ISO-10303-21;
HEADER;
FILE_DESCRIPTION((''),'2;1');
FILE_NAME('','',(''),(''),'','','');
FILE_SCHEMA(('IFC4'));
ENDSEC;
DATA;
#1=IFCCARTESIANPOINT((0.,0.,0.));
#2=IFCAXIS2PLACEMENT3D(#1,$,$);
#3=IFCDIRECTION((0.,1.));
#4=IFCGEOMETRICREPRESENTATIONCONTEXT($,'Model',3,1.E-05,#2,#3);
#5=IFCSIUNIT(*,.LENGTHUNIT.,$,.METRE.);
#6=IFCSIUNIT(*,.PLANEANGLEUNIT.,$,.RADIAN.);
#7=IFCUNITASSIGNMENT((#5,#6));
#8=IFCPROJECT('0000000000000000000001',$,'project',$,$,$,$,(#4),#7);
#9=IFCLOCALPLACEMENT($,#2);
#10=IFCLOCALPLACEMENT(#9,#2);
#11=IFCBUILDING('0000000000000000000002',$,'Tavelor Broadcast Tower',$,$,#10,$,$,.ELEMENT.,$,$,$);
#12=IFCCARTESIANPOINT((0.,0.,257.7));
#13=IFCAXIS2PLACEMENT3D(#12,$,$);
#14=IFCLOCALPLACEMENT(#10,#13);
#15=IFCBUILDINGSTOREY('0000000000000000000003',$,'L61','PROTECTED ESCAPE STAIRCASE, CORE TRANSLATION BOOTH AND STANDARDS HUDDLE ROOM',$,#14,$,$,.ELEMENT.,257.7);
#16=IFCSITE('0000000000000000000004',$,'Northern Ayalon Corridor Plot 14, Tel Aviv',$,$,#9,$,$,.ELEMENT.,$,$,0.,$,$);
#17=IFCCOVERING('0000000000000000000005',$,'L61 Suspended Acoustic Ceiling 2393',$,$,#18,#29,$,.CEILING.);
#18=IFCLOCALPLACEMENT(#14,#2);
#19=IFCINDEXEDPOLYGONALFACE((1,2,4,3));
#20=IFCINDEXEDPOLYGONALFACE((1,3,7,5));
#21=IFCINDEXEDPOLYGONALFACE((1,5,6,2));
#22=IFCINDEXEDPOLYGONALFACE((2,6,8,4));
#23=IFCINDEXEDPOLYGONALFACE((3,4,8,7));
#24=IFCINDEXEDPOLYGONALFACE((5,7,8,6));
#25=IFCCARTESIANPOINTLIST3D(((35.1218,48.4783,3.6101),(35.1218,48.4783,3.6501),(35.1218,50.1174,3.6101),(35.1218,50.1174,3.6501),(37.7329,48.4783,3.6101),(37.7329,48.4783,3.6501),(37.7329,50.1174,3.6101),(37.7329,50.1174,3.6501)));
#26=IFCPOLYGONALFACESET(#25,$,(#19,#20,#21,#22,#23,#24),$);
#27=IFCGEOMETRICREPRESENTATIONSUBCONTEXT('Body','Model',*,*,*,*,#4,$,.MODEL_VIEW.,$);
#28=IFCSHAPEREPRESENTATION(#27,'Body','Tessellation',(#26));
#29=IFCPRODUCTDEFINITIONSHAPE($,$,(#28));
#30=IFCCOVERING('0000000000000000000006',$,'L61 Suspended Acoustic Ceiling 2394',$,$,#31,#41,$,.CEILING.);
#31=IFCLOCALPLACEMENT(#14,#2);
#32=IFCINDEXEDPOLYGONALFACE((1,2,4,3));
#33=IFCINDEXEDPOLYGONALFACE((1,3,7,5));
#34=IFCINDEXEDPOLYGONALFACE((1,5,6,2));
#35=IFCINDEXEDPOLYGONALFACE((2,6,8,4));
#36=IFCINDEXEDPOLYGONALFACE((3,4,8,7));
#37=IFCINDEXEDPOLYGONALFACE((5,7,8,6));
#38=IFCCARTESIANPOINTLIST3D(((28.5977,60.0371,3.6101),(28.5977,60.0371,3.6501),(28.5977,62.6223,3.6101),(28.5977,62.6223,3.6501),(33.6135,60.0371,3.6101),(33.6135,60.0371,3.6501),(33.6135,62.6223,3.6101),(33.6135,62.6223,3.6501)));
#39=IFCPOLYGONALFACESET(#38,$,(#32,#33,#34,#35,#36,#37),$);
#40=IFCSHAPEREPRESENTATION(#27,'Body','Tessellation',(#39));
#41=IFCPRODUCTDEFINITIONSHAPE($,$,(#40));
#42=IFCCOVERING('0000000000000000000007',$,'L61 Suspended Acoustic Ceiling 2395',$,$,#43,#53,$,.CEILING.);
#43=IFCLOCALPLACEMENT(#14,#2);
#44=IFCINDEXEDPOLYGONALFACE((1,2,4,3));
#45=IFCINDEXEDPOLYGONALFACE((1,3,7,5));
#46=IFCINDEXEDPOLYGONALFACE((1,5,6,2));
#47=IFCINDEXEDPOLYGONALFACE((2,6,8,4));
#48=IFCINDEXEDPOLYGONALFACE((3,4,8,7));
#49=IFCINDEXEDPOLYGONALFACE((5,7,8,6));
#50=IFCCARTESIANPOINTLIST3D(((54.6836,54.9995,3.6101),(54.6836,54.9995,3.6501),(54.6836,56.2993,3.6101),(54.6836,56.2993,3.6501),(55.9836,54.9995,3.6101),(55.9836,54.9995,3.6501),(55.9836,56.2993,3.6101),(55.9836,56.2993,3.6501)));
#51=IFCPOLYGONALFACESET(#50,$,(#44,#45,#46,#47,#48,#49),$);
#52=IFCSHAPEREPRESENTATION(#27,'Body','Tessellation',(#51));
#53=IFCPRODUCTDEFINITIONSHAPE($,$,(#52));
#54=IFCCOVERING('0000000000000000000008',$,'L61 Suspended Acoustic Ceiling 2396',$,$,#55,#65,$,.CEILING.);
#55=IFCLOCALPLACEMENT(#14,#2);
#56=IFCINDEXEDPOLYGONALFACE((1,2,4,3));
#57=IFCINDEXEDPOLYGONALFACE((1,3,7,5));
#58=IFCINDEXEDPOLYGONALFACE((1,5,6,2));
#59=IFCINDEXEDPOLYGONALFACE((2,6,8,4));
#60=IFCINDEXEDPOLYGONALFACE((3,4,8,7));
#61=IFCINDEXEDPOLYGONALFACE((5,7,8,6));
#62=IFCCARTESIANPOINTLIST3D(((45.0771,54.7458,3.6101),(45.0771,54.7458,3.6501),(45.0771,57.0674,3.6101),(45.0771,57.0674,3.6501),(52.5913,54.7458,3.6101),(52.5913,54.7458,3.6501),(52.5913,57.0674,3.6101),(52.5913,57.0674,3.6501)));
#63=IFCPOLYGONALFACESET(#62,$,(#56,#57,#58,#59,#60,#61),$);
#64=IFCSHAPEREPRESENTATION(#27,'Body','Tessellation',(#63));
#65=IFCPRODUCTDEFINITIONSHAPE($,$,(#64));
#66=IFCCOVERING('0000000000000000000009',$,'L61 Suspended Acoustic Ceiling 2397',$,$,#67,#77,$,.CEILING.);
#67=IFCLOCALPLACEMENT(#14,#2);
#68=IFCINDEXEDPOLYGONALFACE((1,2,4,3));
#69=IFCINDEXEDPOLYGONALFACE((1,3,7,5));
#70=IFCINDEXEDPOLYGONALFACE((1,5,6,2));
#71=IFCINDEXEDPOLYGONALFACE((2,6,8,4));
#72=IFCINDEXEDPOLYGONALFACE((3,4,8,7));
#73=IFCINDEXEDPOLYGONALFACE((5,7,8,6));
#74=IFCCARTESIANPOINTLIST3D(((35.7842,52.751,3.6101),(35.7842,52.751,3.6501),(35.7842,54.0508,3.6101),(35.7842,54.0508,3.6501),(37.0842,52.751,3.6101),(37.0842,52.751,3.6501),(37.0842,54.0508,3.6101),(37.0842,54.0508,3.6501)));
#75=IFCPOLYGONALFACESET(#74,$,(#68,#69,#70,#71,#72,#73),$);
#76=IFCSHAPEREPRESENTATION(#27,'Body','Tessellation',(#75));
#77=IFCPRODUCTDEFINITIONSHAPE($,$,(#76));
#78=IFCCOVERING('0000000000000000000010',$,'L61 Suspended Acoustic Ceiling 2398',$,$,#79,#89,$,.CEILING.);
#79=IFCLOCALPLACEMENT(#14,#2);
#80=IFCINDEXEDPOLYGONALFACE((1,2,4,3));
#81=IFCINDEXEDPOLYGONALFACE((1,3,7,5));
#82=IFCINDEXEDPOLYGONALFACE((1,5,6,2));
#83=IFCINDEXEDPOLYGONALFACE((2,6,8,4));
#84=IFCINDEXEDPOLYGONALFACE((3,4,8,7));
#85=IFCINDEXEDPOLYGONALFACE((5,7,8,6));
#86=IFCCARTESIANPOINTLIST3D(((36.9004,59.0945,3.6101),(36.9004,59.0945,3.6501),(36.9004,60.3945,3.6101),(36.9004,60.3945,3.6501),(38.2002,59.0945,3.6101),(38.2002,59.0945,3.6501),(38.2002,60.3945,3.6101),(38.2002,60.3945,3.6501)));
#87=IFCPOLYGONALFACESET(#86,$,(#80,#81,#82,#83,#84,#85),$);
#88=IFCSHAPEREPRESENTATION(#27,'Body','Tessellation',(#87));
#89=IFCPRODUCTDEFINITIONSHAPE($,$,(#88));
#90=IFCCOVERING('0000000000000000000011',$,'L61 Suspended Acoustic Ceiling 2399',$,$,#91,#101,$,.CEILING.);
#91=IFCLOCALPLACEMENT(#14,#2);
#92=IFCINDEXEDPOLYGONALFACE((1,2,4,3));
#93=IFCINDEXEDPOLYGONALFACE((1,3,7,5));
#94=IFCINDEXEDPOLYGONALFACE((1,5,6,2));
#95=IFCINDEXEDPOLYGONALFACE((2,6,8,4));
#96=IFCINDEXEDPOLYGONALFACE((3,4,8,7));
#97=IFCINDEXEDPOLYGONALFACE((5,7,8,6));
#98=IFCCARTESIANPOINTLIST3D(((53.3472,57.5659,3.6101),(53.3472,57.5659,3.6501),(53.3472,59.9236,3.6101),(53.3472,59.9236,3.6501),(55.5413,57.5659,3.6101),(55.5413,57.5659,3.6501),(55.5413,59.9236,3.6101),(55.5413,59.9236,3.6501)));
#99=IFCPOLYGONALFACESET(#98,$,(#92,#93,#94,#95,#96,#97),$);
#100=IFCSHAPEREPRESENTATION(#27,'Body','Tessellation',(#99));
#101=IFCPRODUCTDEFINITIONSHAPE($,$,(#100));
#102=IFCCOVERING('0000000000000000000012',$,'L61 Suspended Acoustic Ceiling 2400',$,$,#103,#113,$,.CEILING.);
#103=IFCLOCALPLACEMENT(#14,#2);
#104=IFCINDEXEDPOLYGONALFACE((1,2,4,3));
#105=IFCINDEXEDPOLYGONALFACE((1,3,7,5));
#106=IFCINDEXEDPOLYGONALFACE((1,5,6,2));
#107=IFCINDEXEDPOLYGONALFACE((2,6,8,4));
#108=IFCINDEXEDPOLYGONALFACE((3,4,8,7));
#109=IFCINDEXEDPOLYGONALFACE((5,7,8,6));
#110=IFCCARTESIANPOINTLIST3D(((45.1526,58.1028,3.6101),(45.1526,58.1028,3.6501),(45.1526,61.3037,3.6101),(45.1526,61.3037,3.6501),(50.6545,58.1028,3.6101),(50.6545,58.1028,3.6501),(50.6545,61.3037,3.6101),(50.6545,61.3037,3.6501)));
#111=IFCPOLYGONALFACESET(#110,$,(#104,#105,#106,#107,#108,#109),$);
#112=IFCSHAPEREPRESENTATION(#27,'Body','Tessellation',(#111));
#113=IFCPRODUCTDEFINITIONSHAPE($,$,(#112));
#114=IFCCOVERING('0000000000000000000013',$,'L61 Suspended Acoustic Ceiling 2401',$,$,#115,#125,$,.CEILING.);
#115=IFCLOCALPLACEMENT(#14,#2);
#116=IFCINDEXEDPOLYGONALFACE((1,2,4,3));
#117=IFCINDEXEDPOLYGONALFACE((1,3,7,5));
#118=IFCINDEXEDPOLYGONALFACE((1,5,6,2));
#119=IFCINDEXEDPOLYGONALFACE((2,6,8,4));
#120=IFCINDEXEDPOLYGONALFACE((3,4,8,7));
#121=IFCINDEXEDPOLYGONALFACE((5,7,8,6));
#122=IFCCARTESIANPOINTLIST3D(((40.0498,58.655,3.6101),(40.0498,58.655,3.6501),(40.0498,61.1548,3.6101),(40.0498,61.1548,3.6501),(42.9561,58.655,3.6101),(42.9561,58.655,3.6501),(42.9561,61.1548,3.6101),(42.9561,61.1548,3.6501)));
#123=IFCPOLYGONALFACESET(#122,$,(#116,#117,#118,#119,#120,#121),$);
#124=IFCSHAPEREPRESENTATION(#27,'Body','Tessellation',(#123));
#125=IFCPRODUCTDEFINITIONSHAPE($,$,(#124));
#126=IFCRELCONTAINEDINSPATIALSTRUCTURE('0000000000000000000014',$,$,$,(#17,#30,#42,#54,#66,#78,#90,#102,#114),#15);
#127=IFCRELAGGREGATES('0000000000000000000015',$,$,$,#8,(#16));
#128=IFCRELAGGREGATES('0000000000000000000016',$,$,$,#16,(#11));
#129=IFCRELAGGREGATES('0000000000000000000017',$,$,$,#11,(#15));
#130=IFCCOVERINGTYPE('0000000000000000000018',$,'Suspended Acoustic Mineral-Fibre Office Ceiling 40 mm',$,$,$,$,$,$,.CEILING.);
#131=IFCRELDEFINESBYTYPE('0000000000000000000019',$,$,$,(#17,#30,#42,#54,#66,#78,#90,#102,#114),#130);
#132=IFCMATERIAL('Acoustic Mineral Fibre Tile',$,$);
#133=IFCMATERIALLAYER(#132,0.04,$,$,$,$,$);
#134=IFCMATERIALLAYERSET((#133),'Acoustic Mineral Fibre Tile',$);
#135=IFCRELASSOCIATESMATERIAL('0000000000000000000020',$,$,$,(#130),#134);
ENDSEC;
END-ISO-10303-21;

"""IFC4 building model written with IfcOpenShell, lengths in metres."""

from ifc_helpers import new_model, si_unit, direction, frame, origin, place, context, subcontext, project, spatial, polyline, outline, extrude, material, layer, layer_set, type_object, element, save


model = new_model("IFC4")

# Units and contexts
model_context = context("Model", 3, precision=1e-05, world=origin(), true_north=direction((0.0, 1.0)))
body_context = subcontext(model_context, "Body", "Model", "MODEL_VIEW")
ifc_project = project(units=[si_unit("LENGTHUNIT", "METRE"), si_unit("PLANEANGLEUNIT", "RADIAN")], contexts=[model_context])

# Site, building, storey
site_placement = place(None, origin())
site = spatial("IfcSite", under=ifc_project, at=site_placement, Name="Northern Ayalon Corridor Plot 14, Tel Aviv", CompositionType="ELEMENT", RefElevation=0.0)
building_placement = place(site_placement, origin())
building = spatial("IfcBuilding", under=site, at=building_placement, Name="Tavelor Broadcast Tower", CompositionType="ELEMENT")
storey_placement = place(building_placement, frame((0.0, 0.0, 257.7)))
storey = spatial("IfcBuildingStorey", under=building, at=storey_placement, Name="L61", Description="PROTECTED ESCAPE STAIRCASE, CORE TRANSLATION BOOTH AND STANDARDS HUDDLE ROOM", CompositionType="ELEMENT", Elevation=257.7)

# Coverings
ifc_material_1 = material(Name="Acoustic Mineral Fibre Tile")
ifc_layer_1 = layer(ifc_material_1, 0.04)
ifc_layer_set_1 = layer_set([ifc_layer_1], Name="Acoustic Mineral Fibre Tile")
covering_type_1 = type_object("IfcCoveringType", Name="Suspended Acoustic Mineral-Fibre Office Ceiling 40 mm", PredefinedType="CEILING", material=ifc_layer_set_1)
covering_1_placement = place(storey_placement, frame((0.0, 0.0, 3.6101)))
element("IfcCovering", 1, at=covering_1_placement, inside=storey, type_object=covering_type_1, Name="L61 Suspended Acoustic Ceiling 2393", PredefinedType="CEILING", context=body_context, shape_type="SweptSolid", body=[
    extrude(outline(polyline([(35.1218, 48.4783), (37.7329, 48.4783), (37.7329, 50.1174), (35.1218, 50.1174), (35.1218, 48.4783)])), origin(), (0.0, 0.0, 1.0), 0.04),
])
covering_2_placement = place(storey_placement, frame((0.0, 0.0, 3.6101)))
element("IfcCovering", 2, at=covering_2_placement, inside=storey, type_object=covering_type_1, Name="L61 Suspended Acoustic Ceiling 2394", PredefinedType="CEILING", context=body_context, shape_type="SweptSolid", body=[
    extrude(outline(polyline([(28.5977, 60.0371), (33.6135, 60.0371), (33.6135, 62.6223), (28.5977, 62.6223), (28.5977, 60.0371)])), origin(), (0.0, 0.0, 1.0), 0.04),
])
covering_3_placement = place(storey_placement, frame((0.0, 0.0, 3.6101)))
element("IfcCovering", 3, at=covering_3_placement, inside=storey, type_object=covering_type_1, Name="L61 Suspended Acoustic Ceiling 2395", PredefinedType="CEILING", context=body_context, shape_type="SweptSolid", body=[
    extrude(outline(polyline([(54.6836, 54.9995), (55.9836, 54.9995), (55.9836, 56.2993), (54.6836, 56.2993), (54.6836, 54.9995)])), origin(), (0.0, 0.0, 1.0), 0.04),
])
covering_4_placement = place(storey_placement, frame((0.0, 0.0, 3.6101)))
element("IfcCovering", 4, at=covering_4_placement, inside=storey, type_object=covering_type_1, Name="L61 Suspended Acoustic Ceiling 2396", PredefinedType="CEILING", context=body_context, shape_type="SweptSolid", body=[
    extrude(outline(polyline([(45.0771, 54.7458), (52.5913, 54.7458), (52.5913, 57.0674), (45.0771, 57.0674), (45.0771, 54.7458)])), origin(), (0.0, 0.0, 1.0), 0.04),
])
covering_5_placement = place(storey_placement, frame((0.0, 0.0, 3.6101)))
element("IfcCovering", 5, at=covering_5_placement, inside=storey, type_object=covering_type_1, Name="L61 Suspended Acoustic Ceiling 2397", PredefinedType="CEILING", context=body_context, shape_type="SweptSolid", body=[
    extrude(outline(polyline([(35.7842, 52.751), (37.0842, 52.751), (37.0842, 54.0508), (35.7842, 54.0508), (35.7842, 52.751)])), origin(), (0.0, 0.0, 1.0), 0.04),
])
covering_6_placement = place(storey_placement, frame((0.0, 0.0, 3.6101)))
element("IfcCovering", 6, at=covering_6_placement, inside=storey, type_object=covering_type_1, Name="L61 Suspended Acoustic Ceiling 2398", PredefinedType="CEILING", context=body_context, shape_type="SweptSolid", body=[
    extrude(outline(polyline([(36.9004, 59.0945), (38.2002, 59.0945), (38.2002, 60.3945), (36.9004, 60.3945), (36.9004, 59.0945)])), origin(), (0.0, 0.0, 1.0), 0.04),
])
covering_7_placement = place(storey_placement, frame((0.0, 0.0, 3.6101)))
element("IfcCovering", 7, at=covering_7_placement, inside=storey, type_object=covering_type_1, Name="L61 Suspended Acoustic Ceiling 2399", PredefinedType="CEILING", context=body_context, shape_type="SweptSolid", body=[
    extrude(outline(polyline([(53.3472, 57.5659), (55.5413, 57.5659), (55.5413, 59.9236), (53.3472, 59.9236), (53.3472, 57.5659)])), origin(), (0.0, 0.0, 1.0), 0.04),
])
covering_8_placement = place(storey_placement, frame((0.0, 0.0, 3.6101)))
element("IfcCovering", 8, at=covering_8_placement, inside=storey, type_object=covering_type_1, Name="L61 Suspended Acoustic Ceiling 2400", PredefinedType="CEILING", context=body_context, shape_type="SweptSolid", body=[
    extrude(outline(polyline([(45.1526, 58.1028), (50.6545, 58.1028), (50.6545, 61.3037), (45.1526, 61.3037), (45.1526, 58.1028)])), origin(), (0.0, 0.0, 1.0), 0.04),
])
covering_9_placement = place(storey_placement, frame((0.0, 0.0, 3.6101)))
element("IfcCovering", 9, at=covering_9_placement, inside=storey, type_object=covering_type_1, Name="L61 Suspended Acoustic Ceiling 2401", PredefinedType="CEILING", context=body_context, shape_type="SweptSolid", body=[
    extrude(outline(polyline([(40.0498, 58.655), (42.9561, 58.655), (42.9561, 61.1548), (40.0498, 61.1548), (40.0498, 58.655)])), origin(), (0.0, 0.0, 1.0), 0.04),
])

save(model, "model.ifc")
